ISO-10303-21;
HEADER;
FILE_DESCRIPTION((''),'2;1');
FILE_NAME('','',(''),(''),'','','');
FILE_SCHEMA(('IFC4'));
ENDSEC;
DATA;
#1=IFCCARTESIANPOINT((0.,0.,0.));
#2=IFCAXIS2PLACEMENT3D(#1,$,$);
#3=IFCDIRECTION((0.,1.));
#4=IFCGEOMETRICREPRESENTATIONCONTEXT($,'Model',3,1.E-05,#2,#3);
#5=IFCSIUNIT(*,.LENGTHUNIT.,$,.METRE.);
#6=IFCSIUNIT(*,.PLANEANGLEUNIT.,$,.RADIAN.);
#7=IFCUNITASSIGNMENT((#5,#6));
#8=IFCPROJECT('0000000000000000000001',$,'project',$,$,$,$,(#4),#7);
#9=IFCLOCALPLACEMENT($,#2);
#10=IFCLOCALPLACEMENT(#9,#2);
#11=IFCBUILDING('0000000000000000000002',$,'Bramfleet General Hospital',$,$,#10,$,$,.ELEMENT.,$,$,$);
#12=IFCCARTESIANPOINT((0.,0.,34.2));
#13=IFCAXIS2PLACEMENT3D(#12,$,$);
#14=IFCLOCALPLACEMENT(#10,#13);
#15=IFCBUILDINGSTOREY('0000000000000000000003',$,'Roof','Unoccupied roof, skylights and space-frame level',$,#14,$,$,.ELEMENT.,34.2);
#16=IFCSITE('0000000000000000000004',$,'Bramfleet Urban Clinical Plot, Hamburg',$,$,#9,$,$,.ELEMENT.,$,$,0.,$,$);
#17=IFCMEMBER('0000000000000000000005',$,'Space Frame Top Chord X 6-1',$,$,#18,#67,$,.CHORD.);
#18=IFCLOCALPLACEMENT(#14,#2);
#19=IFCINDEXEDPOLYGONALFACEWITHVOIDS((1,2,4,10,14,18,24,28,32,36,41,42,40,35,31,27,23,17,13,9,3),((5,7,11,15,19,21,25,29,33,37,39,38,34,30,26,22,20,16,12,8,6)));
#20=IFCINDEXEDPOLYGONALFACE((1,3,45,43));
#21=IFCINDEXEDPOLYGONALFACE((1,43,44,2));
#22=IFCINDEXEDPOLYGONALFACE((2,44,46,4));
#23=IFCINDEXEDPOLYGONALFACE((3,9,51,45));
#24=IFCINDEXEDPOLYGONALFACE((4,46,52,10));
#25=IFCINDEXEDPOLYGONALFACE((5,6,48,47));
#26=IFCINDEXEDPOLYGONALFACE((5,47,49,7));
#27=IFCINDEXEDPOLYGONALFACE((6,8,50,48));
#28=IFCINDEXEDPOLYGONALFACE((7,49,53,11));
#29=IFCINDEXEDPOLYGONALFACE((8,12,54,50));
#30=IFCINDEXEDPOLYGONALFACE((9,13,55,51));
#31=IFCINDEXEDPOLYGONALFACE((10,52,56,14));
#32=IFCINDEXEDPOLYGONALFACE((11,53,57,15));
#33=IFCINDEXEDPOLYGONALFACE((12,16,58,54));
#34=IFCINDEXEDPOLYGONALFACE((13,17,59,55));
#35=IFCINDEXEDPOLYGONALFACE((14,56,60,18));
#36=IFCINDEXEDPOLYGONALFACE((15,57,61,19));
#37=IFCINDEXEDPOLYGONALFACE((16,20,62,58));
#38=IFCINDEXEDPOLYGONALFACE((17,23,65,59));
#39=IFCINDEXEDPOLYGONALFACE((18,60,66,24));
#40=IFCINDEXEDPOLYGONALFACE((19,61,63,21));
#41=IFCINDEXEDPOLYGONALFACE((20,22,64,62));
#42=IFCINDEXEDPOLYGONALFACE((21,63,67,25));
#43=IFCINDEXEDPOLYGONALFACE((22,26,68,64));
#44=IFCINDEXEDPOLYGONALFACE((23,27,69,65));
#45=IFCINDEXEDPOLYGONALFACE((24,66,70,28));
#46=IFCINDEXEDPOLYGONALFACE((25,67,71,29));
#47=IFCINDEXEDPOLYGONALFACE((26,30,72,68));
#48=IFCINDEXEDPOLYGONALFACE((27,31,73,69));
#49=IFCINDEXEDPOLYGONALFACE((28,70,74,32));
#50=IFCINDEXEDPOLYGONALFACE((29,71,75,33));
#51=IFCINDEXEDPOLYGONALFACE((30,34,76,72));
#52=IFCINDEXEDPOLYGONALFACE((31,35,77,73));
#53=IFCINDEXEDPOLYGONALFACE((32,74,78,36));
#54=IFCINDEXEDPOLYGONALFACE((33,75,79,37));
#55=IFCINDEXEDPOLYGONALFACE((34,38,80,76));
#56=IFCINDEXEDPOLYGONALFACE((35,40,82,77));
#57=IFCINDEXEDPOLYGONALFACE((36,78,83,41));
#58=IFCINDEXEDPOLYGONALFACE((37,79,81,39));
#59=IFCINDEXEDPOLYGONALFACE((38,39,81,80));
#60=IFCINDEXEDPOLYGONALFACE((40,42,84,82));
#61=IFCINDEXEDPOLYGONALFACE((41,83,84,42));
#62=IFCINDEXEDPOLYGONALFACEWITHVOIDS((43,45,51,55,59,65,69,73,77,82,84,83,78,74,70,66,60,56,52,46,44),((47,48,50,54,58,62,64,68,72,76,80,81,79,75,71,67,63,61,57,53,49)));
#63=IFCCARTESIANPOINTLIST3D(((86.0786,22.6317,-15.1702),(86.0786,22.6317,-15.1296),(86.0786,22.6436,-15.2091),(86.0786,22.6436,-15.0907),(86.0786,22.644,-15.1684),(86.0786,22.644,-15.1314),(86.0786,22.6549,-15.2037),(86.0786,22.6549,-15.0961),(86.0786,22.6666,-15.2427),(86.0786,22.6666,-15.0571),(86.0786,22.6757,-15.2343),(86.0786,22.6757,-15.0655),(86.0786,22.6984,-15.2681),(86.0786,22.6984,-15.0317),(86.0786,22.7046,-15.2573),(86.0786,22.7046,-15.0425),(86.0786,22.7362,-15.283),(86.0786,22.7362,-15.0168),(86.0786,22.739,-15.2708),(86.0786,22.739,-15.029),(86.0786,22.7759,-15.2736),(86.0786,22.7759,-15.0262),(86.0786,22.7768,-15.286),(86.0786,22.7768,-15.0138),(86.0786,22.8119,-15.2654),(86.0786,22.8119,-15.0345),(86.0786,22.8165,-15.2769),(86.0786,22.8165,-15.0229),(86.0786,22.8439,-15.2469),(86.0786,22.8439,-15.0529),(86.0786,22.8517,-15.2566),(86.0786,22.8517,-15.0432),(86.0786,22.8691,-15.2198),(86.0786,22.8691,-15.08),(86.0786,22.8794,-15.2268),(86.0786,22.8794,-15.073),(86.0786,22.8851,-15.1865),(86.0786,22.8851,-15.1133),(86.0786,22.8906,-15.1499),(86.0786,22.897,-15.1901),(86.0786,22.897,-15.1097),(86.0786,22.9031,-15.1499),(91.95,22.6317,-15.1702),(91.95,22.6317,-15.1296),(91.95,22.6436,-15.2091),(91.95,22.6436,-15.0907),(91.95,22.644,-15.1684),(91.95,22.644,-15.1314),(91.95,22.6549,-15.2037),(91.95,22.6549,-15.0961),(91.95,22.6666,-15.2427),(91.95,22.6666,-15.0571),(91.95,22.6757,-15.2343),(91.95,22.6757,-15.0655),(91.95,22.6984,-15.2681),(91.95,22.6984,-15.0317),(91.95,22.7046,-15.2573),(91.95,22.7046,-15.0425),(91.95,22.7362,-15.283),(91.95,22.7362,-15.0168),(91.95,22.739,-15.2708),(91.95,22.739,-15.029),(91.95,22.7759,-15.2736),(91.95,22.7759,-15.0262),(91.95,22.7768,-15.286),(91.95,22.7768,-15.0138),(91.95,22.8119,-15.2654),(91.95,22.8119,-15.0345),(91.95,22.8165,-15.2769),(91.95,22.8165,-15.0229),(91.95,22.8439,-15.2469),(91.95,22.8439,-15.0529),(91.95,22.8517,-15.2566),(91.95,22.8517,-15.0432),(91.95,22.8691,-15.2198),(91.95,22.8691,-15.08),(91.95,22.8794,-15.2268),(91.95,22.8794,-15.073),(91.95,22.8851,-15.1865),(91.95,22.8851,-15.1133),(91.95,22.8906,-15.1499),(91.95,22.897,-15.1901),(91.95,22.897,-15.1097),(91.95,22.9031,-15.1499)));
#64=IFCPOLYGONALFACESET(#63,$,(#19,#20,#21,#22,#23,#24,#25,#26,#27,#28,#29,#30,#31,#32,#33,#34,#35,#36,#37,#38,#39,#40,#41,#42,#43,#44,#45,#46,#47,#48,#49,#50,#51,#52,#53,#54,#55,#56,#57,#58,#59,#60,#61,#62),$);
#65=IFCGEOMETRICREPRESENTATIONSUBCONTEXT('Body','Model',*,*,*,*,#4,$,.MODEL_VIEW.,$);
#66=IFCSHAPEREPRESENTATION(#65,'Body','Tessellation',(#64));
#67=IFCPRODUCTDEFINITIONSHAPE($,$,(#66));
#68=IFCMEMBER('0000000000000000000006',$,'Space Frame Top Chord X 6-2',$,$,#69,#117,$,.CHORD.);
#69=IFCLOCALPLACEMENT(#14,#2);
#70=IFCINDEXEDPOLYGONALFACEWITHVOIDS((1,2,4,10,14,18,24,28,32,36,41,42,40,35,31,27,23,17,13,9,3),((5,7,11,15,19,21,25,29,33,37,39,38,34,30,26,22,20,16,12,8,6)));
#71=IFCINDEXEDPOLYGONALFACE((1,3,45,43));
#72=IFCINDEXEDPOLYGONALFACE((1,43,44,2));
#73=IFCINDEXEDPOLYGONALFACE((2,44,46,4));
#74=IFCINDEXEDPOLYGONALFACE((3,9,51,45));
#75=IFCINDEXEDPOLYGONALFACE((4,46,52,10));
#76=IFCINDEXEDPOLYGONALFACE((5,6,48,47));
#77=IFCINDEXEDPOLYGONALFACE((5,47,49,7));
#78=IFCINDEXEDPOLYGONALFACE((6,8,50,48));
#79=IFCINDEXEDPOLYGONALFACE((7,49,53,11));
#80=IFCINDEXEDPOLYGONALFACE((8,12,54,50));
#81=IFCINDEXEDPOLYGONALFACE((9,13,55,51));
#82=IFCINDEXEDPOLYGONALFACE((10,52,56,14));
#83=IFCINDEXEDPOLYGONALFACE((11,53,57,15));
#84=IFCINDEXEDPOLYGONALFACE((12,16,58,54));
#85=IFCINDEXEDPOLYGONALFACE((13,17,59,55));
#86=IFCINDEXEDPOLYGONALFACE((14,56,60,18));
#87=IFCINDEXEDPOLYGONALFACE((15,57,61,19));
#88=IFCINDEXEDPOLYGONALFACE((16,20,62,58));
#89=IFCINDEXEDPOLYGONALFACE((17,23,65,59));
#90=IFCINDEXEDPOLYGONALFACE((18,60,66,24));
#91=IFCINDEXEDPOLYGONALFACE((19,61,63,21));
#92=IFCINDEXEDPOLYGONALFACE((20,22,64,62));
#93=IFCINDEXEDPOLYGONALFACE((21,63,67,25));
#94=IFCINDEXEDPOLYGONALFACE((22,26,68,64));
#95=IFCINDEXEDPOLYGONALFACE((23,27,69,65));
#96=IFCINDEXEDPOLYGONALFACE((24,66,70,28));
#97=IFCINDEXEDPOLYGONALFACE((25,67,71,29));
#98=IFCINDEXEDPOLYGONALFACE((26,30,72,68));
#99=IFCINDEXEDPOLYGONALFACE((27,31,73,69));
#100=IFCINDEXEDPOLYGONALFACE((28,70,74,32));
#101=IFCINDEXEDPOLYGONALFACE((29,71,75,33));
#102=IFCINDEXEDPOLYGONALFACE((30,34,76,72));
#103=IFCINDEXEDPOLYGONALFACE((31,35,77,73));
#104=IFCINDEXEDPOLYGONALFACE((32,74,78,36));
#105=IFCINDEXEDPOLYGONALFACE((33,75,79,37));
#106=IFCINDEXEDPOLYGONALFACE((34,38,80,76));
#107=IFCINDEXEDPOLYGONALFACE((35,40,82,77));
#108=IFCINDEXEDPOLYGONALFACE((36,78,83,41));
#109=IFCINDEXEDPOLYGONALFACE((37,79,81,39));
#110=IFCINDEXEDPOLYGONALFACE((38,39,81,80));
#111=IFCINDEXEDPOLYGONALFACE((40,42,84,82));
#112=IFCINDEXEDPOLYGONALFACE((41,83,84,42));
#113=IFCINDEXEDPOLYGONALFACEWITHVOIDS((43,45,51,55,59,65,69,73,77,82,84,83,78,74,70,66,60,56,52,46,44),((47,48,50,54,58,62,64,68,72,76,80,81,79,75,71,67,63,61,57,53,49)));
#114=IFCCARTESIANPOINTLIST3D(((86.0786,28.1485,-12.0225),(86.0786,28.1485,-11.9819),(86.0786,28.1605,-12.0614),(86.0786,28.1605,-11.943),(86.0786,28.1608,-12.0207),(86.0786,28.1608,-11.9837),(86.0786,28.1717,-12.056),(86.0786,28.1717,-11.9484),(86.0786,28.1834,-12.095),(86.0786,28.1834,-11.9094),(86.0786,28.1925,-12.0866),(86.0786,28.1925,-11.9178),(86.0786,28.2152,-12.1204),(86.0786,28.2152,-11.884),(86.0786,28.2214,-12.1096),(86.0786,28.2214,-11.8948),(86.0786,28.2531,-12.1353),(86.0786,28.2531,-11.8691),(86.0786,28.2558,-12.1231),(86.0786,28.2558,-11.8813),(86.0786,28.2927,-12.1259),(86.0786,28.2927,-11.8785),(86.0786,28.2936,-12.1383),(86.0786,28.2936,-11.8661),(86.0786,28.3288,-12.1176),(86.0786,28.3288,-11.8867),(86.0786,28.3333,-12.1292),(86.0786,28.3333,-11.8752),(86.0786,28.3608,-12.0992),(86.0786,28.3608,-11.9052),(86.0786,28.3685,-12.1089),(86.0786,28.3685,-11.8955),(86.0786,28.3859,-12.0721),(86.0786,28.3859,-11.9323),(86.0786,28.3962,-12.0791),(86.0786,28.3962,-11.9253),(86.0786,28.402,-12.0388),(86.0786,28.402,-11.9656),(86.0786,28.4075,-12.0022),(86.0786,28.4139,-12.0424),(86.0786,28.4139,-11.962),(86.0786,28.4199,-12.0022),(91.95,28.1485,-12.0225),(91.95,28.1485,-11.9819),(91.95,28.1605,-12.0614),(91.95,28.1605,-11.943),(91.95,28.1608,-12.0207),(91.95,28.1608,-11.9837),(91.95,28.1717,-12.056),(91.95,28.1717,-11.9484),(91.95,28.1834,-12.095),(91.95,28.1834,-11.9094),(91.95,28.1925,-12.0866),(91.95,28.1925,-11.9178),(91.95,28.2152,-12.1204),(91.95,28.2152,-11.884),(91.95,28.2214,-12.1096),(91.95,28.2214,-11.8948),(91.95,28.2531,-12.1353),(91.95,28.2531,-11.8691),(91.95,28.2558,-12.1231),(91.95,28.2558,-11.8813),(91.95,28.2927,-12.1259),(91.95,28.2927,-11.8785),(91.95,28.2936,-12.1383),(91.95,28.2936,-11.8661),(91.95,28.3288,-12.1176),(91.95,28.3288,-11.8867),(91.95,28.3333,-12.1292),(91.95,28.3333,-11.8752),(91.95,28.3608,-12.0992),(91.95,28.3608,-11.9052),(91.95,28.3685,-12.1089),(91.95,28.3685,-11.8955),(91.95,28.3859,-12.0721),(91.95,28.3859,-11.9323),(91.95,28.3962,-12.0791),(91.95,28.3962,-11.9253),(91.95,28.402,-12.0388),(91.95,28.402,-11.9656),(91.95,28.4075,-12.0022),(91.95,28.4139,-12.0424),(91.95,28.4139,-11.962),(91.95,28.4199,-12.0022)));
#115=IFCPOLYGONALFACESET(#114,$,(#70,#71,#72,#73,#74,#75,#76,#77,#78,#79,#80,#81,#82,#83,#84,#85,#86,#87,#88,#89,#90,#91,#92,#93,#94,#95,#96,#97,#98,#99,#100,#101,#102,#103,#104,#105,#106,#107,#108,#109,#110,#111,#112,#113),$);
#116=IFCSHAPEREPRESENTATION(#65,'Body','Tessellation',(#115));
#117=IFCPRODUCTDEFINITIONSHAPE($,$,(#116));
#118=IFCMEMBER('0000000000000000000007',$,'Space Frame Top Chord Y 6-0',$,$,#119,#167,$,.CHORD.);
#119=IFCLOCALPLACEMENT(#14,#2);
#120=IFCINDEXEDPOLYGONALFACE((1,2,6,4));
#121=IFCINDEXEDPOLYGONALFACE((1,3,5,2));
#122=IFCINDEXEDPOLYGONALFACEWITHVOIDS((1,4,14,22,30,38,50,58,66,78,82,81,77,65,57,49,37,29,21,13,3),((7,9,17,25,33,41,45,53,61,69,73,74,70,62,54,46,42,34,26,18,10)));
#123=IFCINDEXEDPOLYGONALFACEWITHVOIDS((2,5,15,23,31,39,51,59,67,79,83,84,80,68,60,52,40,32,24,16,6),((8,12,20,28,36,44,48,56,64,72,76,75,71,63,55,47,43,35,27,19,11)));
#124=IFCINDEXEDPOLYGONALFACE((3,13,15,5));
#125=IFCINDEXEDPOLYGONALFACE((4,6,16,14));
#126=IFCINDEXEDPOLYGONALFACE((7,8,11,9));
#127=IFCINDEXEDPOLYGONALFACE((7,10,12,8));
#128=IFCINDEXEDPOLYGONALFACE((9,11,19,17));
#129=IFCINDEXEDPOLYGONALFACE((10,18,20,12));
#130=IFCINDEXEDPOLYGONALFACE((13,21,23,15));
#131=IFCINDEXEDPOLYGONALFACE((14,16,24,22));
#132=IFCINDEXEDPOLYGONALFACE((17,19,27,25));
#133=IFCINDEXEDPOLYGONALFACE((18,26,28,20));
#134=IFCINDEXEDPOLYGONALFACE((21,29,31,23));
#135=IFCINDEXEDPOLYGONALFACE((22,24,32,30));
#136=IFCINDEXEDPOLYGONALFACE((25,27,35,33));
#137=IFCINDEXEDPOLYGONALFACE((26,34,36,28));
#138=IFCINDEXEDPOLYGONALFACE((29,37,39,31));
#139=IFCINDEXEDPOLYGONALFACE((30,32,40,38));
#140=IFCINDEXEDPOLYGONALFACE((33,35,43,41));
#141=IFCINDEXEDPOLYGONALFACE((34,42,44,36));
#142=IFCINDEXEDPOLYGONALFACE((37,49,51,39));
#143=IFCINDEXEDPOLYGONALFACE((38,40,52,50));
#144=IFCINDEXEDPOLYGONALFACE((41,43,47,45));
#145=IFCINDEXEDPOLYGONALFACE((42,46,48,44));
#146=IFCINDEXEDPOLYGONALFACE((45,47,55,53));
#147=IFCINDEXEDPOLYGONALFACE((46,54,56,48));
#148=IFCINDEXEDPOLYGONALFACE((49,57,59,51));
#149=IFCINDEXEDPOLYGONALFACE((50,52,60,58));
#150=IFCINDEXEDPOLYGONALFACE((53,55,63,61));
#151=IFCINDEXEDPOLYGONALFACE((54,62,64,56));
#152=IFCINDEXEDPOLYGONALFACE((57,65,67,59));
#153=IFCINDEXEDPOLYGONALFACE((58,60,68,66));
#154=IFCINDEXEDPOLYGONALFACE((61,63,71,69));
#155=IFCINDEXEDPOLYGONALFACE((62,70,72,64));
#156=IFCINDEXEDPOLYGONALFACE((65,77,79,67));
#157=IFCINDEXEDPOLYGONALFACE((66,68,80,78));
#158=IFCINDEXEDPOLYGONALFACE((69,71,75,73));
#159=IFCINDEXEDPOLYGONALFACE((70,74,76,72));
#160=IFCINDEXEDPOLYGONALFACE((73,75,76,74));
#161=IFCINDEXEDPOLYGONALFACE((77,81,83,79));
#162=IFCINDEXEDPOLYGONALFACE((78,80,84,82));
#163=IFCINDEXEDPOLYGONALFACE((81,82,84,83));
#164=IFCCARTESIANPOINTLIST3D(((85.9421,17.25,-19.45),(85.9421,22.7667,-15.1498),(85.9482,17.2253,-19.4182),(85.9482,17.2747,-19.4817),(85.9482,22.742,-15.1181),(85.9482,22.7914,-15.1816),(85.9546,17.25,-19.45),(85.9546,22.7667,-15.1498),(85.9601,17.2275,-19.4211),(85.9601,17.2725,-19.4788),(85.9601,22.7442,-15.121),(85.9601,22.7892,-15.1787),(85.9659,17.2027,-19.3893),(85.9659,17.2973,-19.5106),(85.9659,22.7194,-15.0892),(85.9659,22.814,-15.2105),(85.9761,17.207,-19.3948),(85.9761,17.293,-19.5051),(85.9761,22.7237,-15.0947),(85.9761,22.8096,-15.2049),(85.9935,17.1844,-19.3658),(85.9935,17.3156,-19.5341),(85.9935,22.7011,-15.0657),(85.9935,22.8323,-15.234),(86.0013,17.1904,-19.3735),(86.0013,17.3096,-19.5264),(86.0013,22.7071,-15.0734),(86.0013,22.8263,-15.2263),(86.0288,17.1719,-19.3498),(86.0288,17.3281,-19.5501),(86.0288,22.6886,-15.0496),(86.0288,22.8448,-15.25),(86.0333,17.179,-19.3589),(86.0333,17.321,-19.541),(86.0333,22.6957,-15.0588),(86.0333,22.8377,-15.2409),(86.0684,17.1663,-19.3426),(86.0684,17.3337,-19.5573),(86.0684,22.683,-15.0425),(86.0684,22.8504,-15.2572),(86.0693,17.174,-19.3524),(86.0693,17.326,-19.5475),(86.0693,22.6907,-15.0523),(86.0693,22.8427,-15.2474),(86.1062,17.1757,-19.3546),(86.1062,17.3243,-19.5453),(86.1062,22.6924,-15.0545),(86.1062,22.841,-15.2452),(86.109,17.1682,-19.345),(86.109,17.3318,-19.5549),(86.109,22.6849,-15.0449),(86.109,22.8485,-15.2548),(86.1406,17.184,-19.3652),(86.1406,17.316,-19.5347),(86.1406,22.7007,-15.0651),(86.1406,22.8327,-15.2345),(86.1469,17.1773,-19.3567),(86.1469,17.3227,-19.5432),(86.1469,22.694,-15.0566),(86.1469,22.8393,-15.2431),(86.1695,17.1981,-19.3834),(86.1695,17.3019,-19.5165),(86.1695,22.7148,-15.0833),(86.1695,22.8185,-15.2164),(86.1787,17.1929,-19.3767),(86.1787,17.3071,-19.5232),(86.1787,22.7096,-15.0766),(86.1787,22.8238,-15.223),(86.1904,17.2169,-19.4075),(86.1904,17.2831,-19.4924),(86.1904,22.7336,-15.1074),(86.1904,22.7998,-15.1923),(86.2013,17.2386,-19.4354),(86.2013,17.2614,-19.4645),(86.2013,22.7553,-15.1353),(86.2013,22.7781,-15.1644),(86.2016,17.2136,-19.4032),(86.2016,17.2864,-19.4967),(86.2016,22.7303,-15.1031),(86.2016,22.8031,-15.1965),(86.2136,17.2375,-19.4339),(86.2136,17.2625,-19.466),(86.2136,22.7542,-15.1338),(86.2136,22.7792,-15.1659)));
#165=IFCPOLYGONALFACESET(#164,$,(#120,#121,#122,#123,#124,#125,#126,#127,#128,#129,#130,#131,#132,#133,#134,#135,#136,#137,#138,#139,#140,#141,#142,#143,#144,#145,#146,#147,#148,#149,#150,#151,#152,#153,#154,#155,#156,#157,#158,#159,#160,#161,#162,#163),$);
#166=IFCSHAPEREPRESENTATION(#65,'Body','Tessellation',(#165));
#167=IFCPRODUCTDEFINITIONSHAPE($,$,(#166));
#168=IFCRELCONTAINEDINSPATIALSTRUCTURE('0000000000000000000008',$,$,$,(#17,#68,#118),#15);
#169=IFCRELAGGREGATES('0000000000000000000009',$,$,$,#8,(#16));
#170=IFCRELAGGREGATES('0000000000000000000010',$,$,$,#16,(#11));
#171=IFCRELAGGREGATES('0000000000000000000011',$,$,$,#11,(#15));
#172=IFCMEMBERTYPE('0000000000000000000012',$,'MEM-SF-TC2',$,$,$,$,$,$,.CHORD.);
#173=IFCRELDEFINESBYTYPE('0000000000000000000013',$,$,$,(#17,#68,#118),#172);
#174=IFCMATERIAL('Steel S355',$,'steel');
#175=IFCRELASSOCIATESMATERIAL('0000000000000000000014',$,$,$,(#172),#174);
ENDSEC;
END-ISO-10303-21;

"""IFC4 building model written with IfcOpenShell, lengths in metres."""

from ifc_helpers import new_model, si_unit, direction, frame, origin, origin_2d, place, context, subcontext, project, spatial, hollow_circle, extrude, material, material_profile, profile_set, type_object, element, save


model = new_model("IFC4")

# Units and contexts
model_context = context("Model", 3, precision=1e-05, world=origin(), true_north=direction((0.0, 1.0)))
body_context = subcontext(model_context, "Body", "Model", "MODEL_VIEW")
ifc_project = project(units=[si_unit("LENGTHUNIT", "METRE"), si_unit("PLANEANGLEUNIT", "RADIAN")], contexts=[model_context])

# Site, building, storey
site_placement = place(None, origin())
site = spatial("IfcSite", under=ifc_project, at=site_placement, Name="Bramfleet Urban Clinical Plot, Hamburg", CompositionType="ELEMENT", RefElevation=0.0)
building_placement = place(site_placement, origin())
building = spatial("IfcBuilding", under=site, at=building_placement, Name="Bramfleet General Hospital", CompositionType="ELEMENT")
storey_placement = place(building_placement, frame((0.0, 0.0, 34.2)))
storey = spatial("IfcBuildingStorey", under=building, at=storey_placement, Name="Roof", Description="Unoccupied roof, skylights and space-frame level", CompositionType="ELEMENT", Elevation=34.2)

# Members
ifc_material_1 = material(Name="Steel S355", Category="steel")
ifc_material_profile_1 = material_profile(ifc_material_1, hollow_circle(Radius=0.1365, WallThickness=0.0125, at=origin_2d()), Name="CHS 273.0x12.5")
ifc_profile_set_1 = profile_set([ifc_material_profile_1], Name="Steel S355")
member_type_1 = type_object("IfcMemberType", Name="MEM-SF-TC2", PredefinedType="CHORD", material=ifc_profile_set_1)
for number, where, z_axis, x_axis, name in (
    (1, (86.0786, 22.7666, -15.1499), (1.0, 0.0, 0.0), (0.0, 1.0, 0.0), "Space Frame Top Chord X 6-1"),
    (2, (86.0786, 28.2834, -12.0022), (1.0, 0.0, 0.0), (0.0, 1.0, 0.0), "Space Frame Top Chord X 6-2"),
):
    element("IfcMember", number, at=place(storey_placement, frame(where, z_axis=z_axis, x_axis=x_axis)), inside=storey, type_object=member_type_1, Name=name, PredefinedType="CHORD", context=body_context, shape_type="SweptSolid", body=[
        extrude(hollow_circle(Radius=0.1365, WallThickness=0.0125, at=origin_2d()), origin(), (0.0, 0.0, 1.0), 5.8713),
    ])
member_1_placement = place(storey_placement, frame((86.0786, 17.25, -19.45), z_axis=(0.0, 0.788703, 0.614774), x_axis=(-1.0, 0.0, 0.0)))
element("IfcMember", 3, at=member_1_placement, inside=storey, type_object=member_type_1, Name="Space Frame Top Chord Y 6-0", PredefinedType="CHORD", context=body_context, shape_type="SweptSolid", body=[
    extrude(hollow_circle(Radius=0.1365, WallThickness=0.0125, at=origin_2d()), origin(), (0.0, 0.0, 1.0), 6.9946),
])

save(model, "model.ifc")
